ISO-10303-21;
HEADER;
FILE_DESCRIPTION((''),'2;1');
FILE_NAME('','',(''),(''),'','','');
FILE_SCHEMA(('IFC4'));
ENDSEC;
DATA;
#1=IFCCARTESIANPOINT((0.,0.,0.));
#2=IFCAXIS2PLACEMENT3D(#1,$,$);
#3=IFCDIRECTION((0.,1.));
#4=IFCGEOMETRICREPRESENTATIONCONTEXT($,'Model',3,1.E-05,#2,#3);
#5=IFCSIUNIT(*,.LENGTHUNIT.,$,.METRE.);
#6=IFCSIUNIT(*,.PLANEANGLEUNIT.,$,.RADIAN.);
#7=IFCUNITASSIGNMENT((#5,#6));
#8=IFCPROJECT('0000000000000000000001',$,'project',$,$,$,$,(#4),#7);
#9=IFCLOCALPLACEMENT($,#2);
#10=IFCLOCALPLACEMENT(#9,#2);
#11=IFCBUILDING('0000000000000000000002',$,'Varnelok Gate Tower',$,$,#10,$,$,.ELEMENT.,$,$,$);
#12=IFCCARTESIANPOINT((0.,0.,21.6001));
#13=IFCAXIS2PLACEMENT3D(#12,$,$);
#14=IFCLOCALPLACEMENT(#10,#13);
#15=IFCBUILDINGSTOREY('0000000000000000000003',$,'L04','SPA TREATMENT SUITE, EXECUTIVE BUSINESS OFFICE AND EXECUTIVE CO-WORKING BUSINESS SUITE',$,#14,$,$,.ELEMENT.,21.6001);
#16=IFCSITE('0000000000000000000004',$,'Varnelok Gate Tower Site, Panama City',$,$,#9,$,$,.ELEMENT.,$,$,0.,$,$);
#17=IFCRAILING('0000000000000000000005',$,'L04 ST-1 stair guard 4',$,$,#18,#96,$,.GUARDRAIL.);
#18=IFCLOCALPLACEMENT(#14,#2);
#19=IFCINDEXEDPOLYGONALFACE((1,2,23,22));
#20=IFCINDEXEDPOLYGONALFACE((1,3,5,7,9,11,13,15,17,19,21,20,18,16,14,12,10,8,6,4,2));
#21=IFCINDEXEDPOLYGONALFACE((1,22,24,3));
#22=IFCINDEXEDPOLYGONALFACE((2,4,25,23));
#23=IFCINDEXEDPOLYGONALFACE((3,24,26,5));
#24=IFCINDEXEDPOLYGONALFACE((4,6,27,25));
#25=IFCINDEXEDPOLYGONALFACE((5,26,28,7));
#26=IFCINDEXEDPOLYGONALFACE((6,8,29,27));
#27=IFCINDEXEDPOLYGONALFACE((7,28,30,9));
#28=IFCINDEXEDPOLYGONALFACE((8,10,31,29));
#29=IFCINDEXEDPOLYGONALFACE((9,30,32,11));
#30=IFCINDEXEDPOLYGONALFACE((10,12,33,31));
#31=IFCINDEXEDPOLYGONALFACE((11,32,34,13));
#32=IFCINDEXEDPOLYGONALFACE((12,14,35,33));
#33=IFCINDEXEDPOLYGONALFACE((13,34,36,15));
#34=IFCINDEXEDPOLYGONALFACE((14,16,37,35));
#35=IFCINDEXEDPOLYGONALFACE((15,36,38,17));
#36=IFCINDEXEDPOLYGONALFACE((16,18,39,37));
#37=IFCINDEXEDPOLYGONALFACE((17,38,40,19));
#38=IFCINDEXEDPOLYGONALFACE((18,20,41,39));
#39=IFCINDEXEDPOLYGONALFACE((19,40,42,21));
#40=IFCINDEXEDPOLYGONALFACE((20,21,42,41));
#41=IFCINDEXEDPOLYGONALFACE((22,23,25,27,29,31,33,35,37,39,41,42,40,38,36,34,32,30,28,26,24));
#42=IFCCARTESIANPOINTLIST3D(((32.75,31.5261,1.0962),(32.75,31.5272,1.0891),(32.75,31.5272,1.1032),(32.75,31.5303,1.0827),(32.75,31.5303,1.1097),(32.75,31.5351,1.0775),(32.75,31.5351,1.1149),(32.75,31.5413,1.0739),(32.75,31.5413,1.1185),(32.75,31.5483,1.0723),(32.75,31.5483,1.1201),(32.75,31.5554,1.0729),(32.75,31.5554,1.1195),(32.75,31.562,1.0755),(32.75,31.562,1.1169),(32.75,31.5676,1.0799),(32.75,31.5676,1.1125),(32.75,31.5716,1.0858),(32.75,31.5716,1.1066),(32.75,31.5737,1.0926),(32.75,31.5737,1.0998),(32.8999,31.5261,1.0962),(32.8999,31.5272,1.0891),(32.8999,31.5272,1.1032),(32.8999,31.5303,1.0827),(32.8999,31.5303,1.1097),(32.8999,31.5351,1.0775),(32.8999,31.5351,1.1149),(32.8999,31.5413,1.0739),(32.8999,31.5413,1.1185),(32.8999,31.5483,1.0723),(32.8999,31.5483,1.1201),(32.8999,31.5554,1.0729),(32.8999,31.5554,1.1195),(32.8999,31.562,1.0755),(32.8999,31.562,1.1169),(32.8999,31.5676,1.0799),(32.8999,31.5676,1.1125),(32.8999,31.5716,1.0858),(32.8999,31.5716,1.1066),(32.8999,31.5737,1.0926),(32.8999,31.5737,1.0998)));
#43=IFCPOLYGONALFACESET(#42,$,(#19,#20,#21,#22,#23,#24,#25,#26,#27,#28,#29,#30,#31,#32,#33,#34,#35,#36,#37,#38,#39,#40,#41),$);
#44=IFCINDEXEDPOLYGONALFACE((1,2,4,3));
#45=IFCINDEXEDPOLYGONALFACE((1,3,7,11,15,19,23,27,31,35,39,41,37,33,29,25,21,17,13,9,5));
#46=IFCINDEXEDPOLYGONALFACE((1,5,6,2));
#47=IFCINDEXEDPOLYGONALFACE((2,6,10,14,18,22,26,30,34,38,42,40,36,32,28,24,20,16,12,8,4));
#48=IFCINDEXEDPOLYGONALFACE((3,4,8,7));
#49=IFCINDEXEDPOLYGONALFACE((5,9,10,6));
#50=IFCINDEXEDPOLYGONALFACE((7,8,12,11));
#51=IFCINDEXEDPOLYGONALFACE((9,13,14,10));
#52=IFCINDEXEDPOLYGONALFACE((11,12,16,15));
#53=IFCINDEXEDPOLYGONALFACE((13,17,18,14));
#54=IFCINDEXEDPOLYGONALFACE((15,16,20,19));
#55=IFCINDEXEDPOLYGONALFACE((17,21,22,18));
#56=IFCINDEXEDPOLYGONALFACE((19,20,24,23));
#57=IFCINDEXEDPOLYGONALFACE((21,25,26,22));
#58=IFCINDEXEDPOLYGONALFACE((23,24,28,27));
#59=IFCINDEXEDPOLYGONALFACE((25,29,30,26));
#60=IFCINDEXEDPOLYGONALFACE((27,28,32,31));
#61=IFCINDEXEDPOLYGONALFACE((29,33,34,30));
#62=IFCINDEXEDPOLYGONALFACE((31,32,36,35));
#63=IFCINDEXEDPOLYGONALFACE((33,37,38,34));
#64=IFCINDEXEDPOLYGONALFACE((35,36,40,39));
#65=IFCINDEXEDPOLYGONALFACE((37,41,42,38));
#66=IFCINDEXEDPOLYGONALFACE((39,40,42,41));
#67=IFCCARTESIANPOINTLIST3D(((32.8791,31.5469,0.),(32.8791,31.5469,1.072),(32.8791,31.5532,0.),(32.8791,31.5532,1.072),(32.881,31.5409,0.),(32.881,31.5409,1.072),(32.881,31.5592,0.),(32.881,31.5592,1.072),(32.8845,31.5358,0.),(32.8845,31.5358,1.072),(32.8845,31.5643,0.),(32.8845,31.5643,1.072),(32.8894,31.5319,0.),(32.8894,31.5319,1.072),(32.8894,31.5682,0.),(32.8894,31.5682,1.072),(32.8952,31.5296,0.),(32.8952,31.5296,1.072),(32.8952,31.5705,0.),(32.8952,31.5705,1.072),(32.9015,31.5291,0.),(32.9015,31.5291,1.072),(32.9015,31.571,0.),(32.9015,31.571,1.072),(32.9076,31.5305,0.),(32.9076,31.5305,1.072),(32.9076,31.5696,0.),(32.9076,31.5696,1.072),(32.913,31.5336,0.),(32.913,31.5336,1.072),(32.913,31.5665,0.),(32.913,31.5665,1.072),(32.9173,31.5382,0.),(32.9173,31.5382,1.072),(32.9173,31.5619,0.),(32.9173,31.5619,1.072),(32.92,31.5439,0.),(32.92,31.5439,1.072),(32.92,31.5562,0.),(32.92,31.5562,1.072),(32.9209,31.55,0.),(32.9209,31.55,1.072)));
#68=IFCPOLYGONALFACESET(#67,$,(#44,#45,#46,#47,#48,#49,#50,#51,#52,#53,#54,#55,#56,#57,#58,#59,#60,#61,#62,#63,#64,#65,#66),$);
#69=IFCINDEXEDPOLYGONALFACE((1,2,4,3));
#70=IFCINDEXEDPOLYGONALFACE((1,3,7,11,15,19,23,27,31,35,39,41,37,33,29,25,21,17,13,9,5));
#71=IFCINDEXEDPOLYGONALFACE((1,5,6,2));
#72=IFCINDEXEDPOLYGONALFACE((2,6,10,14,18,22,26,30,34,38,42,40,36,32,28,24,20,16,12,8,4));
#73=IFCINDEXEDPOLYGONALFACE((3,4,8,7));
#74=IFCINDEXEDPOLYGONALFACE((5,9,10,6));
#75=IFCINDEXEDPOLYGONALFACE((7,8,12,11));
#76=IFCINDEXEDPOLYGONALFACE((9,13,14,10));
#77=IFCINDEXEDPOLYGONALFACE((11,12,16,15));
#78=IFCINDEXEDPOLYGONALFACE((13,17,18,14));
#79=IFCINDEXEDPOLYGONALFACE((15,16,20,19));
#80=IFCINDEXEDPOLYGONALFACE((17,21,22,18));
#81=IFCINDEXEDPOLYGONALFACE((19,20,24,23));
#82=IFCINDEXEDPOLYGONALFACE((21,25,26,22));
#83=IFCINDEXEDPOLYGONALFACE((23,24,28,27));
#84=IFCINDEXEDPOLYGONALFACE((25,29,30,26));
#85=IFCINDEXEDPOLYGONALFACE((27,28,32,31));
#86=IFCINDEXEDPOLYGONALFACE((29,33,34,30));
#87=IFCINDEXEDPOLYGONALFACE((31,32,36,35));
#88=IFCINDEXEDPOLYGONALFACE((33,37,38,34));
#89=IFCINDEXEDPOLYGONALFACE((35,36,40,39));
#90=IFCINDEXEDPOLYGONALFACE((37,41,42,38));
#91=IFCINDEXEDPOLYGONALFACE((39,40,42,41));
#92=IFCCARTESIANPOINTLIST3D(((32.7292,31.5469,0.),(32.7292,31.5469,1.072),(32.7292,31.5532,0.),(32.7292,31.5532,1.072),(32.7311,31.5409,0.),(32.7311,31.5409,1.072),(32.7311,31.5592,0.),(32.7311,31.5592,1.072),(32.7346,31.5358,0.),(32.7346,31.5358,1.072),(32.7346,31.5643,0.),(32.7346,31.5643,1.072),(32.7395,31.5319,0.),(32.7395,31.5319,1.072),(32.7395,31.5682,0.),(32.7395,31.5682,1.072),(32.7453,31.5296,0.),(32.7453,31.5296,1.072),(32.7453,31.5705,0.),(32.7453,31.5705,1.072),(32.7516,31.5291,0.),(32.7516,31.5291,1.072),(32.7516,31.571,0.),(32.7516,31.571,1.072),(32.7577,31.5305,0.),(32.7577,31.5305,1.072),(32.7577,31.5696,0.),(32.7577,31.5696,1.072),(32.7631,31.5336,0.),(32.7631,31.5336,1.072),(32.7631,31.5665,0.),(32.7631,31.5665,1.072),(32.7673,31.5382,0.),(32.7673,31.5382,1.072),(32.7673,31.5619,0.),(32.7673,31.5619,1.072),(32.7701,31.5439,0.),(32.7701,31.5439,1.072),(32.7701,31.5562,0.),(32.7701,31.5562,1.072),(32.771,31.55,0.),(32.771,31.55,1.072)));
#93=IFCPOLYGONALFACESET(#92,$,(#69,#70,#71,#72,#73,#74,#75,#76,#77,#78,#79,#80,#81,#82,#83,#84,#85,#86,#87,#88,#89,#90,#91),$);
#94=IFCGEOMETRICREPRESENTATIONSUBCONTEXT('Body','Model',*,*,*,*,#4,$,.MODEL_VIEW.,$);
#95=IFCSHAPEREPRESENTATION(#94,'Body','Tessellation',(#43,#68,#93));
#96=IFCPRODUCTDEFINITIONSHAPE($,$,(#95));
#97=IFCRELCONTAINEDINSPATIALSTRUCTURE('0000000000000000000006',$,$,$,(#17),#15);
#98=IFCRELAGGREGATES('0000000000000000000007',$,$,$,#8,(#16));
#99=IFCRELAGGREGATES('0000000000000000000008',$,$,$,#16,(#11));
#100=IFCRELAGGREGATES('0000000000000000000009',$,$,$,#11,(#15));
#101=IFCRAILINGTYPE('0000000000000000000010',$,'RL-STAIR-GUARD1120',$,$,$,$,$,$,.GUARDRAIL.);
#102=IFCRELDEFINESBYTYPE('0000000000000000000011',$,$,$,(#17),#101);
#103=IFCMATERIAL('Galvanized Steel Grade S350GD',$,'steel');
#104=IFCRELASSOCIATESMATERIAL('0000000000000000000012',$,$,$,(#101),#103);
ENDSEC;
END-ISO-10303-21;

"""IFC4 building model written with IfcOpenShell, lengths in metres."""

from ifc_helpers import new_model, si_unit, direction, frame, origin, origin_2d, place, context, subcontext, project, spatial, circle, extrude, material, type_object, element, save


model = new_model("IFC4")

# Units and contexts
model_context = context("Model", 3, precision=1e-05, world=origin(), true_north=direction((0.0, 1.0)))
body_context = subcontext(model_context, "Body", "Model", "MODEL_VIEW")
ifc_project = project(units=[si_unit("LENGTHUNIT", "METRE"), si_unit("PLANEANGLEUNIT", "RADIAN")], contexts=[model_context])

# Site, building, storey
site_placement = place(None, origin())
site = spatial("IfcSite", under=ifc_project, at=site_placement, Name="Varnelok Gate Tower Site, Panama City", CompositionType="ELEMENT", RefElevation=0.0)
building_placement = place(site_placement, origin())
building = spatial("IfcBuilding", under=site, at=building_placement, Name="Varnelok Gate Tower", CompositionType="ELEMENT")
storey_placement = place(building_placement, frame((0.0, 0.0, 21.6001)))
storey = spatial("IfcBuildingStorey", under=building, at=storey_placement, Name="L04", Description="SPA TREATMENT SUITE, EXECUTIVE BUSINESS OFFICE AND EXECUTIVE CO-WORKING BUSINESS SUITE", CompositionType="ELEMENT", Elevation=21.6001)

# Shared definitions
ifc_material_1 = material(Name="Galvanized Steel Grade S350GD", Category="steel")

# Railing
railing_type = type_object("IfcRailingType", Name="RL-STAIR-GUARD1120", PredefinedType="GUARDRAIL", material=ifc_material_1)
railing_1_placement = place(storey_placement, frame((32.8999, 31.55, 0.0)))
element("IfcRailing", 1, at=railing_1_placement, inside=storey, type_object=railing_type, Name="L04 ST-1 stair guard 4", PredefinedType="GUARDRAIL", context=body_context, shape_type="SweptSolid", body=[
    extrude(circle(Radius=0.0239, at=origin_2d()), frame((0.0, 0.0, 1.0962), z_axis=(-1.0, 0.0, 0.0), x_axis=(0.0, -1.0, 0.0)), (0.0, 0.0, 1.0), 0.1499),
    extrude(circle(Radius=0.021, at=origin_2d()), origin(), (0.0, 0.0, 1.0), 1.072),
    extrude(circle(Radius=0.021, at=origin_2d()), frame((-0.1499, 0.0, 0.0)), (0.0, 0.0, 1.0), 1.072),
])

save(model, "model.ifc")
